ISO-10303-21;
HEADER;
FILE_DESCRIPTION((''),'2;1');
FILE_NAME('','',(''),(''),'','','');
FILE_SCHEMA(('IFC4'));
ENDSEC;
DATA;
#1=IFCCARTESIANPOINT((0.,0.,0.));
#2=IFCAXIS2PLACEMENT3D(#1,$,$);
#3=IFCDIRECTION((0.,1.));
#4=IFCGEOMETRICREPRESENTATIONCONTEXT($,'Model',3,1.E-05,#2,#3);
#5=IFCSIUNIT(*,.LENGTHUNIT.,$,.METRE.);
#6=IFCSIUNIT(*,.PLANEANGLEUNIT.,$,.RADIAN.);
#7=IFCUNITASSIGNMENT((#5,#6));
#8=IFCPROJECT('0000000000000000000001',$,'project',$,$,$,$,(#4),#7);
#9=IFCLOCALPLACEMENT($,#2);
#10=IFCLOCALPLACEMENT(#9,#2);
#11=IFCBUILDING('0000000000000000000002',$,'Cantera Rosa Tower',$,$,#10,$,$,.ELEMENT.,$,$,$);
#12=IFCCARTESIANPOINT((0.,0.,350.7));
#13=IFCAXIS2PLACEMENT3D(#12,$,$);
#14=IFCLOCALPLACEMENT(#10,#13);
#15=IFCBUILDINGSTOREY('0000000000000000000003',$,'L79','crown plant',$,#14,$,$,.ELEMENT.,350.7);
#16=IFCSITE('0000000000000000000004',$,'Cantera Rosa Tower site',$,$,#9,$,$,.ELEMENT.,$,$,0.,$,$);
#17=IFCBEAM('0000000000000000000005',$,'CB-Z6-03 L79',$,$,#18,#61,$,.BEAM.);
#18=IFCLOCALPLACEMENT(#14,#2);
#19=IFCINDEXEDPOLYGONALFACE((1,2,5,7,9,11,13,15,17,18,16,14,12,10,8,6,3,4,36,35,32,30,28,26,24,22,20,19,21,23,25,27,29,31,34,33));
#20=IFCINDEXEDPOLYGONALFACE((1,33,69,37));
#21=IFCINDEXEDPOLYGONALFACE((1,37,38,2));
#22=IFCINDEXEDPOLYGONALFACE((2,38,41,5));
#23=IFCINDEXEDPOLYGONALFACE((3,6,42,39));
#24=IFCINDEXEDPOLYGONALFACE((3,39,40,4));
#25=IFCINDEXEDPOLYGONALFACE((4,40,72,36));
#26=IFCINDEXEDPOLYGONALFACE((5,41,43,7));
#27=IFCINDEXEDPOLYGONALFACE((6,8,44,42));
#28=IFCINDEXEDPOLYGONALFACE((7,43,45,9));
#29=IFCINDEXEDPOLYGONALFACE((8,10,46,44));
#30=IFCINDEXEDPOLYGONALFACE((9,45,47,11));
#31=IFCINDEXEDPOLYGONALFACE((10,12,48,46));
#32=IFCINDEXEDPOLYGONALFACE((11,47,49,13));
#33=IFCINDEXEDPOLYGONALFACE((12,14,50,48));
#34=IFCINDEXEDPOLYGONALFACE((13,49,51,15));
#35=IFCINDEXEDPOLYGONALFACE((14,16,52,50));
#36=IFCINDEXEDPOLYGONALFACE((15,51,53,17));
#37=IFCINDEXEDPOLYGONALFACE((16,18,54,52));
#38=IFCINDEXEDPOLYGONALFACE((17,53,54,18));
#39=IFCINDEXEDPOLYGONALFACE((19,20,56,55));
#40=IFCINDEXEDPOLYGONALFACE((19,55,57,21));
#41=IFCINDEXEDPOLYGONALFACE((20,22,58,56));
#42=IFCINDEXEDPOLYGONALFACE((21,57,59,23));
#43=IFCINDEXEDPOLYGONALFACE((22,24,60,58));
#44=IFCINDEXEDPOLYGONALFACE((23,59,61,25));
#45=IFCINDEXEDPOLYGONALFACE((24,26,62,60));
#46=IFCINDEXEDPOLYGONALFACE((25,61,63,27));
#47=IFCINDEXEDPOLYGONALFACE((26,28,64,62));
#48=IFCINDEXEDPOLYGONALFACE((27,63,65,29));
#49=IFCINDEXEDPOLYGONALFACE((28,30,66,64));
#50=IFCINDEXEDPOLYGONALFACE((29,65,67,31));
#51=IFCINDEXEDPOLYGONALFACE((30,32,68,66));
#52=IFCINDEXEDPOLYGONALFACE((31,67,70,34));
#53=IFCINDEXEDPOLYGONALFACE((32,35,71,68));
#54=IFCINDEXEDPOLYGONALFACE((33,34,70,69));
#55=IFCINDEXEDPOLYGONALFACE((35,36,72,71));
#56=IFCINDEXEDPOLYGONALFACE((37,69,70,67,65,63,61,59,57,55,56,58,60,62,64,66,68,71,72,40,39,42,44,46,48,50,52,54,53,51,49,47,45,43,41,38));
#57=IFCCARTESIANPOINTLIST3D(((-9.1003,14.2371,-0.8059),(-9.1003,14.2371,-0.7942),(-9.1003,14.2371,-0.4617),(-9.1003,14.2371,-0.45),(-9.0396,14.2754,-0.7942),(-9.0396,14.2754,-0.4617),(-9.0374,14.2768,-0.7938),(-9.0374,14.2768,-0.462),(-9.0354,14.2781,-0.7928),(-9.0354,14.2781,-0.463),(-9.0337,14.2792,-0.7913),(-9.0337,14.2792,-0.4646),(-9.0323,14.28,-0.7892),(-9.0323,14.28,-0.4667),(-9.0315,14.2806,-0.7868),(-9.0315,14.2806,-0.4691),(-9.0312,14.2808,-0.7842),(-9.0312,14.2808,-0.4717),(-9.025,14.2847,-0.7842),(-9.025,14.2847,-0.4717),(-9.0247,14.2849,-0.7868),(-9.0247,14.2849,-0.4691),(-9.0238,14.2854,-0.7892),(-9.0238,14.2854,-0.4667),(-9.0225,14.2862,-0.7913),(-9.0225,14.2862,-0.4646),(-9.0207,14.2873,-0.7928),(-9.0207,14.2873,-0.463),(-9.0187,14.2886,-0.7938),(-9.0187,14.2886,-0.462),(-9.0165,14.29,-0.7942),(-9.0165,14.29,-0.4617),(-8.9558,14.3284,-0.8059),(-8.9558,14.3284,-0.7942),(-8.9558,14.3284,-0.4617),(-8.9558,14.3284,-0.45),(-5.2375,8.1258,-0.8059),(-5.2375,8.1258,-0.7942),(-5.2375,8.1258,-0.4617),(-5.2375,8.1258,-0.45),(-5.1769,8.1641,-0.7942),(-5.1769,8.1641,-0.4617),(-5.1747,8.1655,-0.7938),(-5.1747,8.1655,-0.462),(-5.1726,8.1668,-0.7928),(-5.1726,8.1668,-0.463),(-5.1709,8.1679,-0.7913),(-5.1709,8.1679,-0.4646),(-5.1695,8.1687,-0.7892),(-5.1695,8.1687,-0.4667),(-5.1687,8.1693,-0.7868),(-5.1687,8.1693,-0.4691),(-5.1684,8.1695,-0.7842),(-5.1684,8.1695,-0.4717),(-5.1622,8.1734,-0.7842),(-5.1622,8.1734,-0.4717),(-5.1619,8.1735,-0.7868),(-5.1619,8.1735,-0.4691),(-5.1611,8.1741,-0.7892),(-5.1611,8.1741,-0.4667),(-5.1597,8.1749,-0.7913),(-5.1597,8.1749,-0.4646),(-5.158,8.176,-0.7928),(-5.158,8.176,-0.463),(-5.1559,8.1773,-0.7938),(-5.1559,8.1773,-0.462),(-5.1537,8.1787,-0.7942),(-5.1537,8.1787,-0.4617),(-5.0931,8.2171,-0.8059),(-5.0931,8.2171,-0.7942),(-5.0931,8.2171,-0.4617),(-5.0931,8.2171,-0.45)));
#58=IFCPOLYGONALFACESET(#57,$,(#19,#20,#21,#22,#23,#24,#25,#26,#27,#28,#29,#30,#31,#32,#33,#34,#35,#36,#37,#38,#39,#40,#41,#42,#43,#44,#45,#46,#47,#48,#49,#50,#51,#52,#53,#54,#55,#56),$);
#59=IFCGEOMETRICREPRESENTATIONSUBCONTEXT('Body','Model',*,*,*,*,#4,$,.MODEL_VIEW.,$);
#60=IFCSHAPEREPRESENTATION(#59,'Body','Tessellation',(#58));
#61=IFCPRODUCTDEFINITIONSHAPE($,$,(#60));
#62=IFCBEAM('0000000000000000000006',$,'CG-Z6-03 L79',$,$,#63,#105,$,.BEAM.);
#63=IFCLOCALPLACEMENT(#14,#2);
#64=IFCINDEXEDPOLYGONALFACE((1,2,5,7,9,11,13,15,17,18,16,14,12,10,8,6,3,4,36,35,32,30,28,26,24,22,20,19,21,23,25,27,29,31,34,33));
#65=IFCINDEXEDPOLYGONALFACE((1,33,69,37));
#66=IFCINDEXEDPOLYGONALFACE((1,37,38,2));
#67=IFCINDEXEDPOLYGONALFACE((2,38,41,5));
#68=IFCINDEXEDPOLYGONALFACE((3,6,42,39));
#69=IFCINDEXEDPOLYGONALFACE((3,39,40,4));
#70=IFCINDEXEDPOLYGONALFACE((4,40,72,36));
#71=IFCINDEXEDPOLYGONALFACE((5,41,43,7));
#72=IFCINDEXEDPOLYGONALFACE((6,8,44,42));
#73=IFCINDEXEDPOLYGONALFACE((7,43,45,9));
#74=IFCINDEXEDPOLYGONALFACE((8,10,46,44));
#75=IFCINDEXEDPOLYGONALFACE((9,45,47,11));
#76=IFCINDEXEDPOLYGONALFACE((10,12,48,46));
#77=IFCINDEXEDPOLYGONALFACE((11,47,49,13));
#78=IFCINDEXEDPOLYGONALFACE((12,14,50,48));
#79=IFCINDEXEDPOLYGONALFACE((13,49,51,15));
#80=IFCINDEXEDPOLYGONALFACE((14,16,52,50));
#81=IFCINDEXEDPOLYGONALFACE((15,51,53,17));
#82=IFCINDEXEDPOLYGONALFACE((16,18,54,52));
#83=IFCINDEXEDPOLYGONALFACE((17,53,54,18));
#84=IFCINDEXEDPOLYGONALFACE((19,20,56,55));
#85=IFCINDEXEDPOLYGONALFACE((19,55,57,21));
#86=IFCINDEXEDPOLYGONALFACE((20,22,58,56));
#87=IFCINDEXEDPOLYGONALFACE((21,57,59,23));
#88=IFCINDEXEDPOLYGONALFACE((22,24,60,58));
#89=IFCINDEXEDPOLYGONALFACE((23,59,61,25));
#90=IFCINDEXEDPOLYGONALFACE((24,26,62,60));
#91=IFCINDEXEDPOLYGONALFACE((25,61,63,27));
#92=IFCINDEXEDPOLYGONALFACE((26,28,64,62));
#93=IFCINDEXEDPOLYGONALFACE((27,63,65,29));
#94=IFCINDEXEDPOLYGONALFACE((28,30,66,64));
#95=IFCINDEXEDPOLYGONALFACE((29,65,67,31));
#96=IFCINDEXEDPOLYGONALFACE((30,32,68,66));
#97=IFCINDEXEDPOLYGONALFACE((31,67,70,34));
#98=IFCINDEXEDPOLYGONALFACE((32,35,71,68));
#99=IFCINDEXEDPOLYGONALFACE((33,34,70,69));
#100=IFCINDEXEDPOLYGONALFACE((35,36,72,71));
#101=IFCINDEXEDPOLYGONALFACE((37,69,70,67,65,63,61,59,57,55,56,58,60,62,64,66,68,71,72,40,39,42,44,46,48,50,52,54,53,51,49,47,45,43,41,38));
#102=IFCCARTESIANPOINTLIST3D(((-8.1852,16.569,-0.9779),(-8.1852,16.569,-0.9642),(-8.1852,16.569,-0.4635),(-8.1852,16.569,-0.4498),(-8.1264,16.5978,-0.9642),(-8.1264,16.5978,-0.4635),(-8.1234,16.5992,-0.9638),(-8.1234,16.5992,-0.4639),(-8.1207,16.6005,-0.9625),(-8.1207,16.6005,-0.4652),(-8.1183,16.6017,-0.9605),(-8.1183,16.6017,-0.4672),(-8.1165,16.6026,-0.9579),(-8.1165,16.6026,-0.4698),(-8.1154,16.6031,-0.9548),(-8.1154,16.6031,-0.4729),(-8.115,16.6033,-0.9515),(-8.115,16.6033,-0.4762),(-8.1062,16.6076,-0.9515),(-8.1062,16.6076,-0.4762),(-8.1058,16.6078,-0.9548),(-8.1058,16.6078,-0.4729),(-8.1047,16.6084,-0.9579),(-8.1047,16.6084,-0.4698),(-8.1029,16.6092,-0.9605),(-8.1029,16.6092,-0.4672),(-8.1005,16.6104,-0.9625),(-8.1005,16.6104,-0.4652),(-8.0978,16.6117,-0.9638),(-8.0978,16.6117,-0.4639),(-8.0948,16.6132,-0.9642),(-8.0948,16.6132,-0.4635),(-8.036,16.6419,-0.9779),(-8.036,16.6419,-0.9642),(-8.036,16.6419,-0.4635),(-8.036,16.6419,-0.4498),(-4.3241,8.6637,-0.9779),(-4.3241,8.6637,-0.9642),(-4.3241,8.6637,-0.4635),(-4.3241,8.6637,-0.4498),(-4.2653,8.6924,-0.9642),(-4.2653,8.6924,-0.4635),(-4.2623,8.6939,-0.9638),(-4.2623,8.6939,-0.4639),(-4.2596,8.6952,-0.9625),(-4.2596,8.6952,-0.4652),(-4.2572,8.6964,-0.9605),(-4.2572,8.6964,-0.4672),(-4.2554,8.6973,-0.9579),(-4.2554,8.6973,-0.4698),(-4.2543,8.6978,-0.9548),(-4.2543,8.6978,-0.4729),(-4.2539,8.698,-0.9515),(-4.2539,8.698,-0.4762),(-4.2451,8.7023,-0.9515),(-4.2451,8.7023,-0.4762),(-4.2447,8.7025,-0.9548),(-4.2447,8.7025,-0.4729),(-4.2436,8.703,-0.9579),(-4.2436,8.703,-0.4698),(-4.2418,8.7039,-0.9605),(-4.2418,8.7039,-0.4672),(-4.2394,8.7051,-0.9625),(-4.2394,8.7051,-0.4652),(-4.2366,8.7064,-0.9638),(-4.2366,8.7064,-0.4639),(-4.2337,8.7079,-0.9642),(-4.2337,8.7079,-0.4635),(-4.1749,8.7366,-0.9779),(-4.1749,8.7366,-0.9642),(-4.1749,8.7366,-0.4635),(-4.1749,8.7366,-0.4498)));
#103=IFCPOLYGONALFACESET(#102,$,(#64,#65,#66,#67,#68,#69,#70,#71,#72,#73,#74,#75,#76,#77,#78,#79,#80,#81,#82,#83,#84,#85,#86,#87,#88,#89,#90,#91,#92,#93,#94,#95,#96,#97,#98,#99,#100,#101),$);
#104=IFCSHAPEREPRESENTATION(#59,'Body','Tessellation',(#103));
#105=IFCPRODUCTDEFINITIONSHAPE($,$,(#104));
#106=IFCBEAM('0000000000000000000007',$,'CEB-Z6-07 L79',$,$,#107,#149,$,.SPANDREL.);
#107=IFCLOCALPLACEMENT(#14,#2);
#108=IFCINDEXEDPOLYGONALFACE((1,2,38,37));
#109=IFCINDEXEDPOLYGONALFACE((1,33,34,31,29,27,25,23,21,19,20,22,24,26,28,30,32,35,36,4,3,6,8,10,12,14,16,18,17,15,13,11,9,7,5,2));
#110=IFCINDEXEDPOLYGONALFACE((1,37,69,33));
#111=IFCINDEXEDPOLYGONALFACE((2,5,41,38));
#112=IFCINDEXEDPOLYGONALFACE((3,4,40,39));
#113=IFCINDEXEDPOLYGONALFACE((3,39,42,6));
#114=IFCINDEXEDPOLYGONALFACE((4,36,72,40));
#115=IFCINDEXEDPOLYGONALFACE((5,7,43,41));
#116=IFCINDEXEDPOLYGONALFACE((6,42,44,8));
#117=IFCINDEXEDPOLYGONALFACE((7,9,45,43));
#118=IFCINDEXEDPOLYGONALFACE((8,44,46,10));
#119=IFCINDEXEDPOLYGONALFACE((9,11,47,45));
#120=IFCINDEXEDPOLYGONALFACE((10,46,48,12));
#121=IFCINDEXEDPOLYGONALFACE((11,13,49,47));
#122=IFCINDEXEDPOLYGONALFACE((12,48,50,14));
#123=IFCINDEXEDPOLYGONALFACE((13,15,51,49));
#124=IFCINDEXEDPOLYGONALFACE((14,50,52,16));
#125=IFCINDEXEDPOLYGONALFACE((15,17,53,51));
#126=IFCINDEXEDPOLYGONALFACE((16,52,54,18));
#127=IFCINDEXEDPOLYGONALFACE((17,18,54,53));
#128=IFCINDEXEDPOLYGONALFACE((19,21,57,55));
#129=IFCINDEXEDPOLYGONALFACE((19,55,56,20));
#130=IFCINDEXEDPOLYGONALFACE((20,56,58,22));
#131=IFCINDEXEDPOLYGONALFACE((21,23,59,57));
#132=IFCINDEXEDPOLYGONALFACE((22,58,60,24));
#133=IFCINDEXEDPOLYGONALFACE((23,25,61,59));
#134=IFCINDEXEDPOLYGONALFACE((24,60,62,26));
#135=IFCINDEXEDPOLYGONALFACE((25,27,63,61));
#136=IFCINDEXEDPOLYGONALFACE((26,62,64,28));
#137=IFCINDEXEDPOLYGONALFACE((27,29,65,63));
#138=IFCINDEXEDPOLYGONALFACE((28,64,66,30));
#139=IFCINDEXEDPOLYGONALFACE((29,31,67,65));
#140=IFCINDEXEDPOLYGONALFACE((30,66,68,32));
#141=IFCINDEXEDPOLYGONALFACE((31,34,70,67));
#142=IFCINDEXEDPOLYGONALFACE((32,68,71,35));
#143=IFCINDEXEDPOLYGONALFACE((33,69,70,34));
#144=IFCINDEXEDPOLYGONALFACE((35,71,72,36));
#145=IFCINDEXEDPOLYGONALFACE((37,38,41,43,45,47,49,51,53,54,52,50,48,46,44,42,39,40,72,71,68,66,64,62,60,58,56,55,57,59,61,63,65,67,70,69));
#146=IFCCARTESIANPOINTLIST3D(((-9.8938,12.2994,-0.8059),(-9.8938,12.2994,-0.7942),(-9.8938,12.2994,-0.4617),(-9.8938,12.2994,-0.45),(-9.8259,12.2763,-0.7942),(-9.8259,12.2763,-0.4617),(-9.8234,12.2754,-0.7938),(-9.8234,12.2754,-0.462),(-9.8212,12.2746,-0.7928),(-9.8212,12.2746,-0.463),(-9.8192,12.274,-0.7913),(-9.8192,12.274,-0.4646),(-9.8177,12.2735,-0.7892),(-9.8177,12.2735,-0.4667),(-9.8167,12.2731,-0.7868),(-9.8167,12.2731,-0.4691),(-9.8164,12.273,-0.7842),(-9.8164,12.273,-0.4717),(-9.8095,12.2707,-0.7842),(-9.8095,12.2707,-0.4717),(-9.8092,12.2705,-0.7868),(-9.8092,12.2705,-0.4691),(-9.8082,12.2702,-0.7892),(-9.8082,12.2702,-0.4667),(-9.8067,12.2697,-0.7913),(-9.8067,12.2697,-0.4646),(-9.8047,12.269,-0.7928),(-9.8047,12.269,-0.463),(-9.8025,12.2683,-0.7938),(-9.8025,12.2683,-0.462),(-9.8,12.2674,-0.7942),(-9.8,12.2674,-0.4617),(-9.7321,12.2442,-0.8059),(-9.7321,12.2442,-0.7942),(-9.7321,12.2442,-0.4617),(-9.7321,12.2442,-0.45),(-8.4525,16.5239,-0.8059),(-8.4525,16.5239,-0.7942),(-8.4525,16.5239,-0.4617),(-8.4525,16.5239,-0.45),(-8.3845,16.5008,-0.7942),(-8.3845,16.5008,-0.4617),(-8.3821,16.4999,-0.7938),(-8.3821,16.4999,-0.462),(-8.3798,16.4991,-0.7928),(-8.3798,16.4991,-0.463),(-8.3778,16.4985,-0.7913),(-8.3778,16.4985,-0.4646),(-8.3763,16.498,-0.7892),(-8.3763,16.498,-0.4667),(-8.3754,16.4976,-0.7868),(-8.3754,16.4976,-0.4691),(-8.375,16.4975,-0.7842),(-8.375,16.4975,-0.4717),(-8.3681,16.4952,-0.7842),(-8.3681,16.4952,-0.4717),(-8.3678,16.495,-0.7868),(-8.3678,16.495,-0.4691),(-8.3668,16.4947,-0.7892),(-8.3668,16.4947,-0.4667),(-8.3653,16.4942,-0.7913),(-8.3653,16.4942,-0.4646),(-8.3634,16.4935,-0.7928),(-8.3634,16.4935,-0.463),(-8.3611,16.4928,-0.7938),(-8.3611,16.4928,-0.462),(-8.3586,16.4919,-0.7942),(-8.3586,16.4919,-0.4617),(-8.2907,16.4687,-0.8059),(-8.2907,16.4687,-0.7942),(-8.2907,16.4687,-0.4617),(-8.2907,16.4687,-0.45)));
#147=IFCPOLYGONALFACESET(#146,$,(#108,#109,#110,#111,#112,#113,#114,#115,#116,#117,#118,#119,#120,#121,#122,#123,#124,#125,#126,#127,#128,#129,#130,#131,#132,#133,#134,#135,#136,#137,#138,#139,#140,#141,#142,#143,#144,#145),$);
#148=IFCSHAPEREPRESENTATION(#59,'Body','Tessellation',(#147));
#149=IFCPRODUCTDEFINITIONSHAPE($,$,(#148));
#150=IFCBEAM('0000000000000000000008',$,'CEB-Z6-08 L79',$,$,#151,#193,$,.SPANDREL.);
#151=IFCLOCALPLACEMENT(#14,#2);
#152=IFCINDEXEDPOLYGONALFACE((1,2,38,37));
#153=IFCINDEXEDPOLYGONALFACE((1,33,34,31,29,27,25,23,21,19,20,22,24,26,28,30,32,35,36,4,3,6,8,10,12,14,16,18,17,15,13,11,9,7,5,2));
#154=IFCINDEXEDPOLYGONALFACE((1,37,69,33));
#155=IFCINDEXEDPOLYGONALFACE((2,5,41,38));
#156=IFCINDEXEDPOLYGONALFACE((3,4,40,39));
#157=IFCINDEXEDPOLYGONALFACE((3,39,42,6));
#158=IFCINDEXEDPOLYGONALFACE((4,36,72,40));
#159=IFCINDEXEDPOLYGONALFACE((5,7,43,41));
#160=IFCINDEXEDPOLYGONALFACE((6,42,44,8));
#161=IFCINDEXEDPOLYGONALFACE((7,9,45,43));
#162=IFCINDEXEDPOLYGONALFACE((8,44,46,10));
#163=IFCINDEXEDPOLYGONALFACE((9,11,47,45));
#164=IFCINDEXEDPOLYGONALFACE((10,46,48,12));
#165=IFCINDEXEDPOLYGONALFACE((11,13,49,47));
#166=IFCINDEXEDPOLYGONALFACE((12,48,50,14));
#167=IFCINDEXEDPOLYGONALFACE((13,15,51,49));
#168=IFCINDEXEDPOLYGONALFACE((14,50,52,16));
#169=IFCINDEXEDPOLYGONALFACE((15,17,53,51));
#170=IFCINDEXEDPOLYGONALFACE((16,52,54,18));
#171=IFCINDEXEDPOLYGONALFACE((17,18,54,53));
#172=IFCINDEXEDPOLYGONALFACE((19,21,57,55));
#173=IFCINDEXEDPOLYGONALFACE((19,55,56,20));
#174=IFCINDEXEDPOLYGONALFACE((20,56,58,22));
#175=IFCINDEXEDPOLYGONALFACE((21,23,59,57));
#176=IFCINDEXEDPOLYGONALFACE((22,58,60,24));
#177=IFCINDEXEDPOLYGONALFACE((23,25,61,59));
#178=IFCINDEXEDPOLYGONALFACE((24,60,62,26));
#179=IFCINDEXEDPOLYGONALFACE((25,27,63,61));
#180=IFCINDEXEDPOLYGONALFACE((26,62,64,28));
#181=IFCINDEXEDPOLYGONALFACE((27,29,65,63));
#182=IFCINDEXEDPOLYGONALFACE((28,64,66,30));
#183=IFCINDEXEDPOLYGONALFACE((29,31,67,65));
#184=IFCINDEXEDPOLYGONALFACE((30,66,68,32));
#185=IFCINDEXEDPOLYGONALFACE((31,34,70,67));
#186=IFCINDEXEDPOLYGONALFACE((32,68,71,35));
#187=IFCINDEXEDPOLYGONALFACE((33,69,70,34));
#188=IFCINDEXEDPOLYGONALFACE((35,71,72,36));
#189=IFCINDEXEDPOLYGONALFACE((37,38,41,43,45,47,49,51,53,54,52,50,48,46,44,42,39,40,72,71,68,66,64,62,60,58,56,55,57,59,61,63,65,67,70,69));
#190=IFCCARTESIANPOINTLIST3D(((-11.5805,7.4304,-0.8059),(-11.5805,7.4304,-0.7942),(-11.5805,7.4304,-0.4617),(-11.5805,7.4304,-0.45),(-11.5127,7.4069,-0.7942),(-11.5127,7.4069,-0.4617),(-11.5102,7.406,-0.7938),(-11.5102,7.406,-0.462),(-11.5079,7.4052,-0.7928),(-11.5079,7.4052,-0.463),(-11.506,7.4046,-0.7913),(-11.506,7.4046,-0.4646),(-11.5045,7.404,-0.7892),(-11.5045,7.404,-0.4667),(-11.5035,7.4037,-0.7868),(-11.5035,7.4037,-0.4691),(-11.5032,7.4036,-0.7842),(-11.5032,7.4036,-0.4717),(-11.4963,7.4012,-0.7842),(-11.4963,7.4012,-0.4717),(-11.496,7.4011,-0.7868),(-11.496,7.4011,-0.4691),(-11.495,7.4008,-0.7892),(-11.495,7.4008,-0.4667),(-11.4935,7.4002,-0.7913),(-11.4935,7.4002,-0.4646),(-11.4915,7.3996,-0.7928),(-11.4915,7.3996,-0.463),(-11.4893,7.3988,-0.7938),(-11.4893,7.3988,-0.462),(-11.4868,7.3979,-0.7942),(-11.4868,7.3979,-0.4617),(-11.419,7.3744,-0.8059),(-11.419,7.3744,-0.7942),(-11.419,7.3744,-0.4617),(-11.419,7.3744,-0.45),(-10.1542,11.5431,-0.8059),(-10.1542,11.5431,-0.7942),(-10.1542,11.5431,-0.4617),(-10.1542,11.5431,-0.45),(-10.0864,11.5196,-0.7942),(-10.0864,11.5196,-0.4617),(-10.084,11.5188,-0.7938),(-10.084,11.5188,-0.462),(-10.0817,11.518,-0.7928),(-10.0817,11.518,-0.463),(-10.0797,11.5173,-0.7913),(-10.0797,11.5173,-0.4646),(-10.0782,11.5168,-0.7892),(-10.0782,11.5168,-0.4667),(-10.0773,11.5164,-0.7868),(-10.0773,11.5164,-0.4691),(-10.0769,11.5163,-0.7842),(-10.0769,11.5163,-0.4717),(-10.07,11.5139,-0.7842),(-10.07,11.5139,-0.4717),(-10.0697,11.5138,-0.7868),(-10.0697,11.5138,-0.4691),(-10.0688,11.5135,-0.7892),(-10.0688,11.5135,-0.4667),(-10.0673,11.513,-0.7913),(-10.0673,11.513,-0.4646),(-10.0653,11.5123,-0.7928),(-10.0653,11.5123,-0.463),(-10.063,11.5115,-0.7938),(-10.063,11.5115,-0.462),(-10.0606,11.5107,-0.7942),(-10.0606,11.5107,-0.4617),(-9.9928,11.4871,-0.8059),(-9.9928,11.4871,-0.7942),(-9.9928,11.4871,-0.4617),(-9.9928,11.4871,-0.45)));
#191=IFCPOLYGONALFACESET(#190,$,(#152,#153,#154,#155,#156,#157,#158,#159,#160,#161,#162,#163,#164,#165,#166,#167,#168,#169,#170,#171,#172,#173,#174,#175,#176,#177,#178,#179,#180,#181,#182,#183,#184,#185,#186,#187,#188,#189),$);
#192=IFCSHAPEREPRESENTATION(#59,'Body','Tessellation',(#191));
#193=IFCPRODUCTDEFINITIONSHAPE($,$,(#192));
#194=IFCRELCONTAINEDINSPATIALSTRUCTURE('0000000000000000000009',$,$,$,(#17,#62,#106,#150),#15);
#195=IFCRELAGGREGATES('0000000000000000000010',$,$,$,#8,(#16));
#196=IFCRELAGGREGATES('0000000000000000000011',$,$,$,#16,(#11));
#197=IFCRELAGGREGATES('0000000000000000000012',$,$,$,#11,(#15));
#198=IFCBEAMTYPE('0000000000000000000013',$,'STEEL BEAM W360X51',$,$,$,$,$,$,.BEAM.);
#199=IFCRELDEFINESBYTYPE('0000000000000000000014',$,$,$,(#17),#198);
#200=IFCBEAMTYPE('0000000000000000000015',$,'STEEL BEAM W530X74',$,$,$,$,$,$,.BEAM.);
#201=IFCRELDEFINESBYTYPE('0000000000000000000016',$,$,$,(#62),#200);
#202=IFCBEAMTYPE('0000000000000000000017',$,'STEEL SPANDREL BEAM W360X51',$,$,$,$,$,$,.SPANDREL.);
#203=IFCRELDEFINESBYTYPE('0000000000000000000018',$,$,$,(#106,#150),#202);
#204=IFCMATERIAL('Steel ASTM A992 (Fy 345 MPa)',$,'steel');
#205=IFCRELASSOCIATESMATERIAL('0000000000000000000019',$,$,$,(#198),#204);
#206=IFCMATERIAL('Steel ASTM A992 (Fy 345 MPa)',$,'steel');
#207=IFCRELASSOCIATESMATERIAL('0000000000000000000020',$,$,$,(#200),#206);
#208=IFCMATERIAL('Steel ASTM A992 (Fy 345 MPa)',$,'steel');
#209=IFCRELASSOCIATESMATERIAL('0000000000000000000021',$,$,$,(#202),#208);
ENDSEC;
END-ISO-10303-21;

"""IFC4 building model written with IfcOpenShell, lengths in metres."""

from ifc_helpers import new_model, si_unit, direction, frame, origin, origin_2d, place, context, subcontext, project, spatial, i_section, extrude, material, material_profile, profile_set, type_object, element, save


model = new_model("IFC4")

# Units and contexts
model_context = context("Model", 3, precision=1e-05, world=origin(), true_north=direction((0.0, 1.0)))
body_context = subcontext(model_context, "Body", "Model", "MODEL_VIEW")
ifc_project = project(units=[si_unit("LENGTHUNIT", "METRE"), si_unit("PLANEANGLEUNIT", "RADIAN")], contexts=[model_context])

# Site, building, storey
site_placement = place(None, origin())
site = spatial("IfcSite", under=ifc_project, at=site_placement, Name="Cantera Rosa Tower site", CompositionType="ELEMENT", RefElevation=0.0)
building_placement = place(site_placement, origin())
building = spatial("IfcBuilding", under=site, at=building_placement, Name="Cantera Rosa Tower", CompositionType="ELEMENT")
storey_placement = place(building_placement, frame((0.0, 0.0, 350.7)))
storey = spatial("IfcBuildingStorey", under=building, at=storey_placement, Name="L79", Description="crown plant", CompositionType="ELEMENT", Elevation=350.7)

# Beams
ifc_material_1 = material(Name="Steel ASTM A992 (Fy 345 MPa)", Category="steel")
ifc_material_profile_1 = material_profile(ifc_material_1, i_section(OverallWidth=0.1709, OverallDepth=0.356, WebThickness=0.0073, FlangeThickness=0.0117, FilletRadius=0.01, at=origin_2d()), Name="W360X51")
ifc_profile_set_1 = profile_set([ifc_material_profile_1], Name="Steel ASTM A992 (Fy 345 MPa)")
beam_type_1 = type_object("IfcBeamType", Name="STEEL BEAM W360X51", PredefinedType="BEAM", material=ifc_profile_set_1)
beam_1_placement = place(storey_placement, frame((-9.0281, 14.2827, -0.6279), z_axis=(0.53429, -0.845301, 0.0), x_axis=(0.845301, 0.53429, 0.0)))
element("IfcBeam", 1, at=beam_1_placement, inside=storey, type_object=beam_type_1, Name="CB-Z6-03 L79", PredefinedType="BEAM", context=body_context, shape_type="SweptSolid", body=[
    extrude(i_section(OverallWidth=0.1709, OverallDepth=0.356, WebThickness=0.0073, FlangeThickness=0.0117, FilletRadius=0.01, at=origin_2d()), origin(), (0.0, 0.0, 1.0), 7.2297),
])
ifc_material_2 = material(Name="Steel ASTM A992 (Fy 345 MPa)", Category="steel")
ifc_material_profile_2 = material_profile(ifc_material_2, i_section(OverallWidth=0.166, OverallDepth=0.5281, WebThickness=0.0098, FlangeThickness=0.0137, FilletRadius=0.0127, at=origin_2d()), Name="W530X74")
ifc_profile_set_2 = profile_set([ifc_material_profile_2], Name="Steel ASTM A992 (Fy 345 MPa)")
beam_type_2 = type_object("IfcBeamType", Name="STEEL BEAM W530X74", PredefinedType="BEAM", material=ifc_profile_set_2)
beam_2_placement = place(storey_placement, frame((-8.1106, 16.6055, -0.7139), z_axis=(0.438869, -0.898551, 0.0), x_axis=(0.898551, 0.438869, 0.0)))
element("IfcBeam", 2, at=beam_2_placement, inside=storey, type_object=beam_type_2, Name="CG-Z6-03 L79", PredefinedType="BEAM", context=body_context, shape_type="SweptSolid", body=[
    extrude(i_section(OverallWidth=0.166, OverallDepth=0.5281, WebThickness=0.0098, FlangeThickness=0.0137, FilletRadius=0.0127, at=origin_2d()), origin(), (0.0, 0.0, 1.0), 8.7979),
])
ifc_material_3 = material(Name="Steel ASTM A992 (Fy 345 MPa)", Category="steel")
ifc_material_profile_3 = material_profile(ifc_material_3, i_section(OverallWidth=0.1709, OverallDepth=0.356, WebThickness=0.0073, FlangeThickness=0.0117, FilletRadius=0.01, at=origin_2d()), Name="W360X51")
ifc_profile_set_3 = profile_set([ifc_material_profile_3], Name="Steel ASTM A992 (Fy 345 MPa)")
beam_type_3 = type_object("IfcBeamType", Name="STEEL SPANDREL BEAM W360X51", PredefinedType="SPANDREL", material=ifc_profile_set_3)
beam_3_placement = place(storey_placement, frame((-8.3716, 16.4963, -0.6279), z_axis=(-0.322914, -0.946428, 0.0), x_axis=(0.946428, -0.322914, 0.0)))
element("IfcBeam", 3, at=beam_3_placement, inside=storey, type_object=beam_type_3, Name="CEB-Z6-07 L79", PredefinedType="SPANDREL", context=body_context, shape_type="SweptSolid", body=[
    extrude(i_section(OverallWidth=0.1709, OverallDepth=0.356, WebThickness=0.0073, FlangeThickness=0.0117, FilletRadius=0.01, at=origin_2d()), origin(), (0.0, 0.0, 1.0), 4.4636),
])
beam_4_placement = place(storey_placement, frame((-10.0735, 11.5151, -0.6279), z_axis=(-0.327646, -0.944801, 0.0), x_axis=(0.944801, -0.327646, 0.0)))
element("IfcBeam", 4, at=beam_4_placement, inside=storey, type_object=beam_type_3, Name="CEB-Z6-08 L79", PredefinedType="SPANDREL", context=body_context, shape_type="SweptSolid", body=[
    extrude(i_section(OverallWidth=0.1709, OverallDepth=0.356, WebThickness=0.0073, FlangeThickness=0.0117, FilletRadius=0.01, at=origin_2d()), origin(), (0.0, 0.0, 1.0), 4.353),
])

save(model, "model.ifc")
